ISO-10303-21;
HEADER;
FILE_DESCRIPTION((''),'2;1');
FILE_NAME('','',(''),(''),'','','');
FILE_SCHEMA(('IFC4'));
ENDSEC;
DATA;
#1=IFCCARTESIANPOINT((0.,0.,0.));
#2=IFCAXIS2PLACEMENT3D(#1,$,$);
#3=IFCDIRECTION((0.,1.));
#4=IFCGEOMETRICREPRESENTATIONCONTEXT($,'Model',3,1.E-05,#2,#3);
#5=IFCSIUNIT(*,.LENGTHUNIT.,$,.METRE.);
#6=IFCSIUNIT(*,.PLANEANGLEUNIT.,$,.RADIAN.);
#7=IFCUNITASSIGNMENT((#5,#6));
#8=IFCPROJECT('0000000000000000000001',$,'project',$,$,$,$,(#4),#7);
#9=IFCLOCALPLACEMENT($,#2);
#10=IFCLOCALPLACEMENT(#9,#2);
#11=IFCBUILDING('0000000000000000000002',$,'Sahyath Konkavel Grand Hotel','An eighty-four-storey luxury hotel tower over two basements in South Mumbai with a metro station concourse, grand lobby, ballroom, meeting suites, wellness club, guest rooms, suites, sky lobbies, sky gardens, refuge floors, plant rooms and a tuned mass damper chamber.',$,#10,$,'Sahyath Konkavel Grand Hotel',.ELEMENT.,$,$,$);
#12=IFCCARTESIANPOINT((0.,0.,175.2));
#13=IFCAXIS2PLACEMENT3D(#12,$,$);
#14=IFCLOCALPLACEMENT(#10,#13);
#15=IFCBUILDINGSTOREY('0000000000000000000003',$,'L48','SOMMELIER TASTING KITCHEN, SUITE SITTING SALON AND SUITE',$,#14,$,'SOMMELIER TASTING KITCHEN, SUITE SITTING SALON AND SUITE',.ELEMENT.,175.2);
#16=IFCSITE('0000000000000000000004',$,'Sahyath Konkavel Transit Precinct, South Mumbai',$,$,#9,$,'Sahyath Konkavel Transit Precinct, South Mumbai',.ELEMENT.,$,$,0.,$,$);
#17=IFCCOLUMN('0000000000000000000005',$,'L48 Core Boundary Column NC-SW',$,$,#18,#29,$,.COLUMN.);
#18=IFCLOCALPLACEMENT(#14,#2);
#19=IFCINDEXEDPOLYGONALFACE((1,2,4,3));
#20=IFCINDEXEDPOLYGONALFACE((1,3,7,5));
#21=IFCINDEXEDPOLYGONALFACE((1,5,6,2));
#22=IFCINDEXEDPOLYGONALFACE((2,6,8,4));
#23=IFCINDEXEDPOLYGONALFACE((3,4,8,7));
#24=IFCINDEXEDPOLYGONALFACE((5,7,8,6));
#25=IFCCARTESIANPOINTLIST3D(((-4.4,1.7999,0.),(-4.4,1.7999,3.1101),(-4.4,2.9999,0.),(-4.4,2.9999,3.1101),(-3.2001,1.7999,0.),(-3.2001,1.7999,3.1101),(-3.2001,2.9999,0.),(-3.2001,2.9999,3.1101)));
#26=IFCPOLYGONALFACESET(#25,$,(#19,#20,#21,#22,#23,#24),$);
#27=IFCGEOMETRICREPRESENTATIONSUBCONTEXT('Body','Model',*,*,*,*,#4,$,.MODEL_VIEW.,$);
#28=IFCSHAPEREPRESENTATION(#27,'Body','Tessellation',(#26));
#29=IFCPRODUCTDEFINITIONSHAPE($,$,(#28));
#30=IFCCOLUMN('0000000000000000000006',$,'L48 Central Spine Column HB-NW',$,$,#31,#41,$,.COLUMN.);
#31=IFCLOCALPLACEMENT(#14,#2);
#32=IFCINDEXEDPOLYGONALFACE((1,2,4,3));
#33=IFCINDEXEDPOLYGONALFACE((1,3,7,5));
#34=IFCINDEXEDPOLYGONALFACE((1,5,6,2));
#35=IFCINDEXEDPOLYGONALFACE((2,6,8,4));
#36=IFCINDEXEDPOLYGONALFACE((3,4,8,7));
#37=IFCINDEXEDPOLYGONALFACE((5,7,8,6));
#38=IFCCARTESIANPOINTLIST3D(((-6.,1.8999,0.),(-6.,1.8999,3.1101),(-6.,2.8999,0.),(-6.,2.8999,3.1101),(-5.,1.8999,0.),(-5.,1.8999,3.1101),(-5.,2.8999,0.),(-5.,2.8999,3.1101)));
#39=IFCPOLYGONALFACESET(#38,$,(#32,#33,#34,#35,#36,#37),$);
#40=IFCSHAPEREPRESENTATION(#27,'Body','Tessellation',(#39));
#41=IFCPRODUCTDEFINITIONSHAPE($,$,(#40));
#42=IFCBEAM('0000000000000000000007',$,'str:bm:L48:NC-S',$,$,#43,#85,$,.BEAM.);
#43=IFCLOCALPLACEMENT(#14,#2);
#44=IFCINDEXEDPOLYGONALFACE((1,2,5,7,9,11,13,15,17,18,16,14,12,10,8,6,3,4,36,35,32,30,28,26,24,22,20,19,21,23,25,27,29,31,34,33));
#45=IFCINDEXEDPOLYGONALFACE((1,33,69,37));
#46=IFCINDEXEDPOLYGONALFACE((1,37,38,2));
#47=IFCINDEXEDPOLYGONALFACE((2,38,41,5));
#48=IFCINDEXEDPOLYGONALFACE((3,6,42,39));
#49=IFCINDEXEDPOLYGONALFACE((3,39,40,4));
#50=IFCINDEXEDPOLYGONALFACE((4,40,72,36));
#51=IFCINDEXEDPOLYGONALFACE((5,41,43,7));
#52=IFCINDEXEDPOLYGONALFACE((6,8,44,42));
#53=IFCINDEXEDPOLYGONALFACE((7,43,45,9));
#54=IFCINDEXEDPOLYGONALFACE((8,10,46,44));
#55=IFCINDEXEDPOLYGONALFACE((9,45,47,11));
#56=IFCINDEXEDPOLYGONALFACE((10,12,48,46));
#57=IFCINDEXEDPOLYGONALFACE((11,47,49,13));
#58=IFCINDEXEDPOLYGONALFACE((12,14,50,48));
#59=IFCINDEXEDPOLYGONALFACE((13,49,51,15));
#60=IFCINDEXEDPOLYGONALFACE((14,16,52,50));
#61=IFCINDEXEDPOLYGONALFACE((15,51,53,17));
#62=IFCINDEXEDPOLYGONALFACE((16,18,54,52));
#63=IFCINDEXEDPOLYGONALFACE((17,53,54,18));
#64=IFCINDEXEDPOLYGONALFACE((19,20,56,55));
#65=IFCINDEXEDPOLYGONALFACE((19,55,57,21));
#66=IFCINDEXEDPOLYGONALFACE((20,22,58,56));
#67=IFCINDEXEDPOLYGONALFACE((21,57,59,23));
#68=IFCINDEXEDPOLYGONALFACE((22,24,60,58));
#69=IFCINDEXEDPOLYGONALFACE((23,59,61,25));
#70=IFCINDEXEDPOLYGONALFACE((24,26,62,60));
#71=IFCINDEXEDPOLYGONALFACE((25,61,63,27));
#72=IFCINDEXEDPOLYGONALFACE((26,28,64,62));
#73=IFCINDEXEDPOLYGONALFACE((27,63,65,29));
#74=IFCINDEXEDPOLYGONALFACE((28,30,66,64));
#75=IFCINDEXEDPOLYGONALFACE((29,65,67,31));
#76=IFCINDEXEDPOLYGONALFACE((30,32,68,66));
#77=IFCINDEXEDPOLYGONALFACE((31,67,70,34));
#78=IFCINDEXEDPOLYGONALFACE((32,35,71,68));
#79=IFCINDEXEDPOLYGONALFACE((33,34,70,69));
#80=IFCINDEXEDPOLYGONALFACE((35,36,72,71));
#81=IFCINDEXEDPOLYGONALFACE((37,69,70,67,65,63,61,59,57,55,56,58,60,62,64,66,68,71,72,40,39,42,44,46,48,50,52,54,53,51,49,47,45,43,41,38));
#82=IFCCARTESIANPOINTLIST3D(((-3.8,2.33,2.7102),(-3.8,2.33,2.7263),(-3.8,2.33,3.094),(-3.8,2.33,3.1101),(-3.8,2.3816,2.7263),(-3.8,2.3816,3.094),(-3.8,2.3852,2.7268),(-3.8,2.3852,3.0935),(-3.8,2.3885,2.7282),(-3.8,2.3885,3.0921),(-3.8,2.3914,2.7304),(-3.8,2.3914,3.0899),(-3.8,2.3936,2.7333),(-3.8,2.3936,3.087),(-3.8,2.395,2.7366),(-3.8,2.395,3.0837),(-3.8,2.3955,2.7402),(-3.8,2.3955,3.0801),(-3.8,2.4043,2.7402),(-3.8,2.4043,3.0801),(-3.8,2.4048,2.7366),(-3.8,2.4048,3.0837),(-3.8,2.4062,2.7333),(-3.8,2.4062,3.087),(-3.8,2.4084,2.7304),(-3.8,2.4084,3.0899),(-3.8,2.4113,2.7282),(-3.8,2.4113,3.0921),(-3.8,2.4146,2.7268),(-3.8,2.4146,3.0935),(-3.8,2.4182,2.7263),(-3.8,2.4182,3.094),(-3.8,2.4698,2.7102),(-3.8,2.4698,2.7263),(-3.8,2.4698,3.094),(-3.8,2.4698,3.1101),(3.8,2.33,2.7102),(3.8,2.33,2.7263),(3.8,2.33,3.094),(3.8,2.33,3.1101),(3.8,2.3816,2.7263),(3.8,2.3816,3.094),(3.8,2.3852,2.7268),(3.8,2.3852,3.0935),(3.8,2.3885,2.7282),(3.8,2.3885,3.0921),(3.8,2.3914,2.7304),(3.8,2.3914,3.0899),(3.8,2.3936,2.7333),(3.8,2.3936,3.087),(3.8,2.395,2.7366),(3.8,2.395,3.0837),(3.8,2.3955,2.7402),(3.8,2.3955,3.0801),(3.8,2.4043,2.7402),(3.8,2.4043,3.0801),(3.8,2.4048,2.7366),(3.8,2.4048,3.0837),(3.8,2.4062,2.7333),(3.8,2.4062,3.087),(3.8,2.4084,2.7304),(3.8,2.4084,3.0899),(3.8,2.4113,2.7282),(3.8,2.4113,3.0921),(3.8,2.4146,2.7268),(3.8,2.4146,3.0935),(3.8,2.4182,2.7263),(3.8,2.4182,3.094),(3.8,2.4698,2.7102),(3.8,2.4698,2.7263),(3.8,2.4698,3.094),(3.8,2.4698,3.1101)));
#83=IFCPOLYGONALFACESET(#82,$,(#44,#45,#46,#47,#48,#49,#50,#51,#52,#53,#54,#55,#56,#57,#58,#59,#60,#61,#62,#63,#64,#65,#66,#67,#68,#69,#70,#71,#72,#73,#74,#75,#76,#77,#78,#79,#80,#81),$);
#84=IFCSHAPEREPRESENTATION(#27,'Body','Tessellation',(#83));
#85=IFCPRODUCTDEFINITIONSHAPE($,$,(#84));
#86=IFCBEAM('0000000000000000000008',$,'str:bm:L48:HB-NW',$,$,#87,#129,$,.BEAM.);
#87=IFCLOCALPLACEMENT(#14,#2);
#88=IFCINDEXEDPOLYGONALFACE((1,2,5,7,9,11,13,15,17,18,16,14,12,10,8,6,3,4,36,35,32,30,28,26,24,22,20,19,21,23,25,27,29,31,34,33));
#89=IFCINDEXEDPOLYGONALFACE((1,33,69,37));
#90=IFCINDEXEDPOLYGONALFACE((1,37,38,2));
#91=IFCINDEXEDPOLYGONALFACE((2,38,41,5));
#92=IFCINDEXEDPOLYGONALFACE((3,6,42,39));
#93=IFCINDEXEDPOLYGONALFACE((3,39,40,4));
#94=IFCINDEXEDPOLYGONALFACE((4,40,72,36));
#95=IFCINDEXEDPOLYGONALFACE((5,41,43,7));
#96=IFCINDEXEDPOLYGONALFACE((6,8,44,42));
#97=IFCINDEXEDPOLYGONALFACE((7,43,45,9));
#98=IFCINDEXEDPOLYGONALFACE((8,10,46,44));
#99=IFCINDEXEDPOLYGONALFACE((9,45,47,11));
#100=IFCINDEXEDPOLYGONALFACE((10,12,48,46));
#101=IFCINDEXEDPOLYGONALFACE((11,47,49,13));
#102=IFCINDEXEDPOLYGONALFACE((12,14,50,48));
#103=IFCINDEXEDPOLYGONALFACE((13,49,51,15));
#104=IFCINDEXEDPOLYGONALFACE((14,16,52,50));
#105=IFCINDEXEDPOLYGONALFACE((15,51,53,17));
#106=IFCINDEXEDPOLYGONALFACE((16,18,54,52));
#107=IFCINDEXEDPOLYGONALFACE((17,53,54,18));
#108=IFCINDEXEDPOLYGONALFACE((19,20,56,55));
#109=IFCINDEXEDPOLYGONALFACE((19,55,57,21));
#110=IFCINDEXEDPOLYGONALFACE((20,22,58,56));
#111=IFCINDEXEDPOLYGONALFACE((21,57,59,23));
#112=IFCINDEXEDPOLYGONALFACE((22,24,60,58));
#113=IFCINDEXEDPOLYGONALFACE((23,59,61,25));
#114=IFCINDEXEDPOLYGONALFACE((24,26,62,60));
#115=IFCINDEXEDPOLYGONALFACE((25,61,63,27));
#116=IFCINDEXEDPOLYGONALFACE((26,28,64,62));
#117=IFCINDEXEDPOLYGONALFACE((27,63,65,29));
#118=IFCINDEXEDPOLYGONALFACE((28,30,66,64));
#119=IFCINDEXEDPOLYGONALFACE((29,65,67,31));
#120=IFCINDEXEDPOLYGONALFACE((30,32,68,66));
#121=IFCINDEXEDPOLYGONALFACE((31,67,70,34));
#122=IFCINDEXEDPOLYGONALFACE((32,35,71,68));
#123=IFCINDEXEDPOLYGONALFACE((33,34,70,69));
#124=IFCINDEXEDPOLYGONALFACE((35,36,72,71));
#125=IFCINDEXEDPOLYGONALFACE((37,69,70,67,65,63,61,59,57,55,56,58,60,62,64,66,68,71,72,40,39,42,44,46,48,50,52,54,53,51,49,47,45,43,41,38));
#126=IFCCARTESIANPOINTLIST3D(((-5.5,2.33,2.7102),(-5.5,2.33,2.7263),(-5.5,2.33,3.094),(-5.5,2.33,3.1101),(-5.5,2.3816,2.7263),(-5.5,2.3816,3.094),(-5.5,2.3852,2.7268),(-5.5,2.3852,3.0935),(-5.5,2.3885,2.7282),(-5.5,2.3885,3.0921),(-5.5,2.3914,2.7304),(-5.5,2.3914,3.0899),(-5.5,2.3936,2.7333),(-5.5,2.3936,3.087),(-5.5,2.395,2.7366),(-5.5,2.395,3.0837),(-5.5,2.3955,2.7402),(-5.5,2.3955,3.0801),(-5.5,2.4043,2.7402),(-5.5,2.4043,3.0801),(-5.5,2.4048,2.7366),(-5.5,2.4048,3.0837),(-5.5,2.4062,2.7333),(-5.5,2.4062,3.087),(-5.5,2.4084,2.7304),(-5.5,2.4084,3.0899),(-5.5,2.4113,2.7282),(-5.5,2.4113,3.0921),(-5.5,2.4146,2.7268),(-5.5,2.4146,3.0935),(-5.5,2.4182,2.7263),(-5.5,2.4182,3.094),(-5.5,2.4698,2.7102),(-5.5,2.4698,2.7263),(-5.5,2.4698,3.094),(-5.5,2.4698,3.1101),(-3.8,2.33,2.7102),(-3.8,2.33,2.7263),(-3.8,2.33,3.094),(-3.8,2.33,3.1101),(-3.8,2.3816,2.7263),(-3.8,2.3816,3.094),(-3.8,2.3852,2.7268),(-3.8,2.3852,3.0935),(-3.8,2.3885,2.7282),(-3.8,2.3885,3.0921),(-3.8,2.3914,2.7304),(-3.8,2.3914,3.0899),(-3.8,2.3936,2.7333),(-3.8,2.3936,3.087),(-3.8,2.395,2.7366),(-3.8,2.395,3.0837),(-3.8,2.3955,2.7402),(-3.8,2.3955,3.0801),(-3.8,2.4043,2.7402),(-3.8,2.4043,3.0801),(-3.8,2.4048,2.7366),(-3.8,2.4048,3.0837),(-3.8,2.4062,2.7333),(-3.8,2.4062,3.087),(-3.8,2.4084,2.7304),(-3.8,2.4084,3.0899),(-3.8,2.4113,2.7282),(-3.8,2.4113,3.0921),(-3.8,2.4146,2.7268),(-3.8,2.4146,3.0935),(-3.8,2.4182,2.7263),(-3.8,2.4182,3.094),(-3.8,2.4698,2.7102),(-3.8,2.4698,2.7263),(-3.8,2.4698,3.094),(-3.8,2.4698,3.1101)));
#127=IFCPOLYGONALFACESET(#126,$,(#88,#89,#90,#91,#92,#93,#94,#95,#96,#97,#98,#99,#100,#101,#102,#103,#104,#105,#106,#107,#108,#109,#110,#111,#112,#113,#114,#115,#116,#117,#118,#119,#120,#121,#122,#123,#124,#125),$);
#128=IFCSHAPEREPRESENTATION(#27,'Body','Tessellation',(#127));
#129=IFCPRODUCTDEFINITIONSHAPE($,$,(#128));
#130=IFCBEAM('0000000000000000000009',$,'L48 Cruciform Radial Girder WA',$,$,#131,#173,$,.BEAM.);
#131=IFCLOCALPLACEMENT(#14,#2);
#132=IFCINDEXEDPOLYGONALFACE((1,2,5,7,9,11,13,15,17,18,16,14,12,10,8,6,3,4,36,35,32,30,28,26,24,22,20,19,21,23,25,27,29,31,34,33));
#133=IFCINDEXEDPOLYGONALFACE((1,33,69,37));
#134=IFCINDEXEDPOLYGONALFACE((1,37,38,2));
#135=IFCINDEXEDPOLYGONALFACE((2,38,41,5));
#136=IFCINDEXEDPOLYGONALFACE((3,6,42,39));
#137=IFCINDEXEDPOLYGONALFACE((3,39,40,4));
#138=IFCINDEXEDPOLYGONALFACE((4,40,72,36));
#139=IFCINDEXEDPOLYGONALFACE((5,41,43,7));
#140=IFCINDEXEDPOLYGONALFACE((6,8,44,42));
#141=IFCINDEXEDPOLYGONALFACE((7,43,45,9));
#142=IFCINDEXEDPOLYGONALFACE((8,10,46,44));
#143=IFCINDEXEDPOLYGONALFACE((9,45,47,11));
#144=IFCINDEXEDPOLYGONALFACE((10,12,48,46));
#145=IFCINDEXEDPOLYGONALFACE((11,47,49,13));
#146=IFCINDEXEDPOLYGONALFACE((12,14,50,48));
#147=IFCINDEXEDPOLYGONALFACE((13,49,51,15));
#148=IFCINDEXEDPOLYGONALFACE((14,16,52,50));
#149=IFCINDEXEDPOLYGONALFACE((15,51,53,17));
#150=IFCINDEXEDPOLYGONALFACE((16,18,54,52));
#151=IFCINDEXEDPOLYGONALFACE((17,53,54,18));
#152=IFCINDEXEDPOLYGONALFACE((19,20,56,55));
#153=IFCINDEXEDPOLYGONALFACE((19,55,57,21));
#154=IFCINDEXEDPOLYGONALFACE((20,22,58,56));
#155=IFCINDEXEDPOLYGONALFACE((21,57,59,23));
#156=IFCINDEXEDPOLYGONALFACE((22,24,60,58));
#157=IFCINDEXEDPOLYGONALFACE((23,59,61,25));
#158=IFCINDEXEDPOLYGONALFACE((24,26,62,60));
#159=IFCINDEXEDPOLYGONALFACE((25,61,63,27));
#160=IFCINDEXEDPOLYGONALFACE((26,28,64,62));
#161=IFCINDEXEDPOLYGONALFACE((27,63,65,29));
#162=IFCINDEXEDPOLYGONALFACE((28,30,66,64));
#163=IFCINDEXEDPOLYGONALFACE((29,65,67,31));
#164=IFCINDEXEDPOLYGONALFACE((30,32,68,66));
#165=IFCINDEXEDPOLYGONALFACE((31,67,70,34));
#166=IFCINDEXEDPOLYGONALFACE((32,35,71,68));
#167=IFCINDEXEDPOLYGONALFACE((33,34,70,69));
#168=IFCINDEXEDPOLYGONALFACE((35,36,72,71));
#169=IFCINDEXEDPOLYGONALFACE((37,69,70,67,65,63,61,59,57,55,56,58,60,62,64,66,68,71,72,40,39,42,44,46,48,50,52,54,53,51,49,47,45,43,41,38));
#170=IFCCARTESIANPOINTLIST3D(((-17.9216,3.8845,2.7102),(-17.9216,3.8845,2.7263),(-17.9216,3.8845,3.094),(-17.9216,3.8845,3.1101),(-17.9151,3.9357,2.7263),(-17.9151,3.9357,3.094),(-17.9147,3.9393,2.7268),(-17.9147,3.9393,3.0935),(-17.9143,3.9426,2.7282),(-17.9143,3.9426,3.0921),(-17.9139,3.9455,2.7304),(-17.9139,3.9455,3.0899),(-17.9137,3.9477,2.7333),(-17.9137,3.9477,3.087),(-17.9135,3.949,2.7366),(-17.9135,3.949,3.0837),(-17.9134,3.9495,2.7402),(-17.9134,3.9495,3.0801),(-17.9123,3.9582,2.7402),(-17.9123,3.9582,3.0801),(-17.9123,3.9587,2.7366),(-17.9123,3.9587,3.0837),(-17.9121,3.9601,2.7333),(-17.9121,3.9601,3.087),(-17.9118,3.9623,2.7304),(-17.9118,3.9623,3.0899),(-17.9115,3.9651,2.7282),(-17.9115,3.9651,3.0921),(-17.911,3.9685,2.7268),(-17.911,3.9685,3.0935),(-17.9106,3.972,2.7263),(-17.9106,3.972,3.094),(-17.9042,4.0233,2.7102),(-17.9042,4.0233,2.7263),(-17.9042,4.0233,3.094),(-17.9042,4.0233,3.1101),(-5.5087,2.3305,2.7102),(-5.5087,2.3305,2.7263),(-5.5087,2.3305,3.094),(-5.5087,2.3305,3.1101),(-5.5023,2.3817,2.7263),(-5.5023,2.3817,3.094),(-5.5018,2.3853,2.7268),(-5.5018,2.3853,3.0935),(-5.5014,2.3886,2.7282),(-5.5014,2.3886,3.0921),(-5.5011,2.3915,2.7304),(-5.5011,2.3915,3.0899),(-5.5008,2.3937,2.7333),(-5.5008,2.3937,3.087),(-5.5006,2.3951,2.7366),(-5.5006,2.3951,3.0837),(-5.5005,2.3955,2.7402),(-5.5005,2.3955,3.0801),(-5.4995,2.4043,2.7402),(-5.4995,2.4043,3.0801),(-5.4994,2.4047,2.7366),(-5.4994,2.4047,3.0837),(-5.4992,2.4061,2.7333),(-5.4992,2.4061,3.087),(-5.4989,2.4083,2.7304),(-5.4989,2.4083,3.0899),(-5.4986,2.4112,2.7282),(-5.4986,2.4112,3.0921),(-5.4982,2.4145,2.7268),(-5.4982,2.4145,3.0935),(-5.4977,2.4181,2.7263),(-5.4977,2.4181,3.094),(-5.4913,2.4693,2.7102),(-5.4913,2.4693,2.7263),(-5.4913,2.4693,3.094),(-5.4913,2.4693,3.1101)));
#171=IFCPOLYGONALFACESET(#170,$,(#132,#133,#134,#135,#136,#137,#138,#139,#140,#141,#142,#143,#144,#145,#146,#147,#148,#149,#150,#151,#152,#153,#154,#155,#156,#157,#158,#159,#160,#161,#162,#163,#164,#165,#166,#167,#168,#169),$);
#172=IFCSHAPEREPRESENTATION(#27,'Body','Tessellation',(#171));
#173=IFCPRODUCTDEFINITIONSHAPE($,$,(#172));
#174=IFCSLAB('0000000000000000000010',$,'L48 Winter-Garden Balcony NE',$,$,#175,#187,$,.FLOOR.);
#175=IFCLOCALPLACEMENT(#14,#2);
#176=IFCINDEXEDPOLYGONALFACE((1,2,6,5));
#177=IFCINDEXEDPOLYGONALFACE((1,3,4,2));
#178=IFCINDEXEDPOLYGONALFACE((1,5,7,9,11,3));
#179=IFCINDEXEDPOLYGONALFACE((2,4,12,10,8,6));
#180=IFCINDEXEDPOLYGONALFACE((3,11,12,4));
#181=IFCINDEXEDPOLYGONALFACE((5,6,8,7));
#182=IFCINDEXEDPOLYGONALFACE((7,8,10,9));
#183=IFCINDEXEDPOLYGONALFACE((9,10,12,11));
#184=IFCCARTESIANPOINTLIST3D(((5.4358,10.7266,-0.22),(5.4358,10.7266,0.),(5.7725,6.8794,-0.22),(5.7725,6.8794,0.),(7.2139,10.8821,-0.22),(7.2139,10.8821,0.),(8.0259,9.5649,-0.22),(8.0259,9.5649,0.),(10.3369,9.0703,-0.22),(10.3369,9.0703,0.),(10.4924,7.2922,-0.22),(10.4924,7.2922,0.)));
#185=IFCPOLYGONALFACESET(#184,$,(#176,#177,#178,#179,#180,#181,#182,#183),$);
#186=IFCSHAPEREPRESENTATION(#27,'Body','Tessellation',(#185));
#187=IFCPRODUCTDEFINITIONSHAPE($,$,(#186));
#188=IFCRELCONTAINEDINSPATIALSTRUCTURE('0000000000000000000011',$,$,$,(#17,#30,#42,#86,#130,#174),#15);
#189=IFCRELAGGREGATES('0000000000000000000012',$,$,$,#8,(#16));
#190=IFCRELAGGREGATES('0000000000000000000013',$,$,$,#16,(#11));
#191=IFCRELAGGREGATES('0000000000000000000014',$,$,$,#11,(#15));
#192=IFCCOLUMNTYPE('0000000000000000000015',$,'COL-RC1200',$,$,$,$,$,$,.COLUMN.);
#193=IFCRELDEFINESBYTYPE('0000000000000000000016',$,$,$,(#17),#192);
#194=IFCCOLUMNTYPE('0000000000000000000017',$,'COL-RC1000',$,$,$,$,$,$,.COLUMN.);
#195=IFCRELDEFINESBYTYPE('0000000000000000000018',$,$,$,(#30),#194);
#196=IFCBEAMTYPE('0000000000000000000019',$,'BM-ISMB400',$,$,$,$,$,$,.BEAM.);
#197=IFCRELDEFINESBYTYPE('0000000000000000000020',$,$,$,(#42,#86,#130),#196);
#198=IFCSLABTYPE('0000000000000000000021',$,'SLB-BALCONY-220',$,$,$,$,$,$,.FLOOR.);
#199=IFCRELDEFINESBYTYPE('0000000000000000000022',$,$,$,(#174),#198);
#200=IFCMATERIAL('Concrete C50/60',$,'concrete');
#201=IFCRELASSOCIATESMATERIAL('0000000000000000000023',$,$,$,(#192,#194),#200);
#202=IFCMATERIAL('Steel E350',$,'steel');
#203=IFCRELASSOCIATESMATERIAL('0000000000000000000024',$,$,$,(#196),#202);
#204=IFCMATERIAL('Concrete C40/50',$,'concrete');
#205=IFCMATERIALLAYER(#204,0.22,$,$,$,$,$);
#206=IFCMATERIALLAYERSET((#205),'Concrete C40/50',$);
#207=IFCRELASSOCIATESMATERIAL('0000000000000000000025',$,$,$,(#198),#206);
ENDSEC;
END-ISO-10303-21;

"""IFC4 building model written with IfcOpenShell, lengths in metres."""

from ifc_helpers import new_model, si_unit, direction, frame, origin, origin_2d, place, context, subcontext, project, spatial, polyline, rectangle, i_section, outline, extrude, source, transform, mapped, material, layer, layer_set, material_profile, profile_set, type_object, element, save


model = new_model("IFC4")

# Units and contexts
model_context = context("Model", 3, precision=1e-05, world=origin(), true_north=direction((0.0, 1.0)))
body_context = subcontext(model_context, "Body", "Model", "MODEL_VIEW")
ifc_project = project(units=[si_unit("LENGTHUNIT", "METRE"), si_unit("PLANEANGLEUNIT", "RADIAN")], contexts=[model_context])

# Site, building, storey
site_placement = place(None, origin())
site = spatial("IfcSite", under=ifc_project, at=site_placement, Name="Sahyath Konkavel Transit Precinct, South Mumbai", LongName="Sahyath Konkavel Transit Precinct, South Mumbai", CompositionType="ELEMENT", RefElevation=0.0)
building_placement = place(site_placement, origin())
building = spatial("IfcBuilding", under=site, at=building_placement, Name="Sahyath Konkavel Grand Hotel", Description="An eighty-four-storey luxury hotel tower over two basements in South Mumbai with a metro station concourse, grand lobby, ballroom, meeting suites, wellness club, guest rooms, suites, sky lobbies, sky gardens, refuge floors, plant rooms and a tuned mass damper chamber.", LongName="Sahyath Konkavel Grand Hotel", CompositionType="ELEMENT")
storey_placement = place(building_placement, frame((0.0, 0.0, 175.2)))
storey = spatial("IfcBuildingStorey", under=building, at=storey_placement, Name="L48", Description="SOMMELIER TASTING KITCHEN, SUITE SITTING SALON AND SUITE", LongName="SOMMELIER TASTING KITCHEN, SUITE SITTING SALON AND SUITE", CompositionType="ELEMENT", Elevation=175.2)

# Columns
ifc_material_1 = material(Name="Concrete C50/60", Category="concrete")
ifc_material_profile_1 = material_profile(ifc_material_1, rectangle(XDim=1.2, YDim=1.2, at=origin_2d()), Name="RC 1200x1200")
ifc_profile_set_1 = profile_set([ifc_material_profile_1], Name="Concrete C50/60")
column_type_1 = type_object("IfcColumnType", Name="COL-RC1200", PredefinedType="COLUMN", material=ifc_profile_set_1)
shared_shape_1 = source(origin(), body_context, "Body", "SweptSolid", [
    extrude(rectangle(XDim=1.2, YDim=1.2, at=origin_2d()), origin(), (0.0, 0.0, 1.0), 3.1101),
])
column_1_placement = place(storey_placement, frame((-3.8, 2.3999, 0.0), z_axis=(0.0, 0.0, 1.0), x_axis=(1.0, 0.0, 0.0)))
element("IfcColumn", 1, at=column_1_placement, inside=storey, type_object=column_type_1, Name="L48 Core Boundary Column NC-SW", PredefinedType="COLUMN", context=body_context, shape_type="MappedRepresentation", body=[
    mapped(shared_shape_1, transform((0.0, 0.0, 0.0), scale=1.0)),
])
ifc_material_profile_2 = material_profile(ifc_material_1, rectangle(XDim=1.0, YDim=1.0, at=origin_2d()), Name="RC 1000x1000")
ifc_profile_set_2 = profile_set([ifc_material_profile_2], Name="Concrete C50/60")
column_type_2 = type_object("IfcColumnType", Name="COL-RC1000", PredefinedType="COLUMN", material=ifc_profile_set_2)
shared_shape_2 = source(origin(), body_context, "Body", "SweptSolid", [
    extrude(rectangle(XDim=1.0, YDim=1.0, at=origin_2d()), origin(), (0.0, 0.0, 1.0), 3.1101),
])
column_2_placement = place(storey_placement, frame((-5.5, 2.3999, 0.0), z_axis=(0.0, 0.0, 1.0), x_axis=(1.0, 0.0, 0.0)))
element("IfcColumn", 2, at=column_2_placement, inside=storey, type_object=column_type_2, Name="L48 Central Spine Column HB-NW", PredefinedType="COLUMN", context=body_context, shape_type="MappedRepresentation", body=[
    mapped(shared_shape_2, transform((0.0, 0.0, 0.0), scale=1.0)),
])

# Beams
ifc_material_2 = material(Name="Steel E350", Category="steel")
ifc_material_profile_3 = material_profile(ifc_material_2, i_section(OverallWidth=0.1399, OverallDepth=0.3999, WebThickness=0.0088, FlangeThickness=0.0161, FilletRadius=0.0139, at=origin_2d()), Name="ISMB 400")
ifc_profile_set_3 = profile_set([ifc_material_profile_3], Name="Steel E350")
beam_type = type_object("IfcBeamType", Name="BM-ISMB400", PredefinedType="BEAM", material=ifc_profile_set_3)
shared_shape_3 = source(origin(), body_context, "Body", "SweptSolid", [
    extrude(i_section(OverallWidth=0.1399, OverallDepth=0.3999, WebThickness=0.0088, FlangeThickness=0.0161, FilletRadius=0.0139, at=origin_2d()), origin(), (0.0, 0.0, 1.0), 7.6001),
])
beam_1_placement = place(storey_placement, frame((-3.8, 2.3999, 2.9102), z_axis=(1.0, 0.0, 0.0), x_axis=(0.0, 1.0, 0.0)))
element("IfcBeam", 3, at=beam_1_placement, inside=storey, type_object=beam_type, Name="str:bm:L48:NC-S", PredefinedType="BEAM", context=body_context, shape_type="MappedRepresentation", body=[
    mapped(shared_shape_3, transform((0.0, 0.0, 0.0), scale=1.0)),
])
shared_shape_4 = source(origin(), body_context, "Body", "SweptSolid", [
    extrude(i_section(OverallWidth=0.1399, OverallDepth=0.3999, WebThickness=0.0088, FlangeThickness=0.0161, FilletRadius=0.0139, at=origin_2d()), origin(), (0.0, 0.0, 1.0), 1.7),
])
beam_2_placement = place(storey_placement, frame((-5.5, 2.3999, 2.9102), z_axis=(1.0, 0.0, 0.0), x_axis=(0.0, 1.0, 0.0)))
element("IfcBeam", 4, at=beam_2_placement, inside=storey, type_object=beam_type, Name="str:bm:L48:HB-NW", PredefinedType="BEAM", context=body_context, shape_type="MappedRepresentation", body=[
    mapped(shared_shape_4, transform((0.0, 0.0, 0.0), scale=1.0)),
])
shared_shape_5 = source(origin(), body_context, "Body", "SweptSolid", [
    extrude(i_section(OverallWidth=0.1399, OverallDepth=0.3999, WebThickness=0.0088, FlangeThickness=0.0161, FilletRadius=0.0139, at=origin_2d()), origin(), (0.0, 0.0, 1.0), 12.5098),
])
beam_3_placement = place(storey_placement, frame((-5.5, 2.3999, 2.9102), z_axis=(-0.992255, 0.12422, 0.0), x_axis=(-0.12422, -0.992255, 0.0)))
element("IfcBeam", 5, at=beam_3_placement, inside=storey, type_object=beam_type, Name="L48 Cruciform Radial Girder WA", PredefinedType="BEAM", context=body_context, shape_type="MappedRepresentation", body=[
    mapped(shared_shape_5, transform((0.0, 0.0, 0.0), scale=1.0)),
])

# Slab
ifc_material_3 = material(Name="Concrete C40/50", Category="concrete")
ifc_layer_1 = layer(ifc_material_3, 0.22)
ifc_layer_set_1 = layer_set([ifc_layer_1], Name="Concrete C40/50")
slab_type_1 = type_object("IfcSlabType", Name="SLB-BALCONY-220", PredefinedType="FLOOR", material=ifc_layer_set_1)
slab_1_placement = place(storey_placement, frame((0.0, 0.0, -0.22)))
element("IfcSlab", 6, at=slab_1_placement, inside=storey, type_object=slab_type_1, Name="L48 Winter-Garden Balcony NE", PredefinedType="FLOOR", context=body_context, shape_type="SweptSolid", body=[
    extrude(outline(polyline([(5.7725, 6.8794), (10.4924, 7.2922), (10.3369, 9.0703), (8.0259, 9.5649), (7.2139, 10.8821), (5.4358, 10.7266), (5.7725, 6.8794)])), origin(), (0.0, 0.0, 1.0), 0.22),
])

save(model, "model.ifc")
